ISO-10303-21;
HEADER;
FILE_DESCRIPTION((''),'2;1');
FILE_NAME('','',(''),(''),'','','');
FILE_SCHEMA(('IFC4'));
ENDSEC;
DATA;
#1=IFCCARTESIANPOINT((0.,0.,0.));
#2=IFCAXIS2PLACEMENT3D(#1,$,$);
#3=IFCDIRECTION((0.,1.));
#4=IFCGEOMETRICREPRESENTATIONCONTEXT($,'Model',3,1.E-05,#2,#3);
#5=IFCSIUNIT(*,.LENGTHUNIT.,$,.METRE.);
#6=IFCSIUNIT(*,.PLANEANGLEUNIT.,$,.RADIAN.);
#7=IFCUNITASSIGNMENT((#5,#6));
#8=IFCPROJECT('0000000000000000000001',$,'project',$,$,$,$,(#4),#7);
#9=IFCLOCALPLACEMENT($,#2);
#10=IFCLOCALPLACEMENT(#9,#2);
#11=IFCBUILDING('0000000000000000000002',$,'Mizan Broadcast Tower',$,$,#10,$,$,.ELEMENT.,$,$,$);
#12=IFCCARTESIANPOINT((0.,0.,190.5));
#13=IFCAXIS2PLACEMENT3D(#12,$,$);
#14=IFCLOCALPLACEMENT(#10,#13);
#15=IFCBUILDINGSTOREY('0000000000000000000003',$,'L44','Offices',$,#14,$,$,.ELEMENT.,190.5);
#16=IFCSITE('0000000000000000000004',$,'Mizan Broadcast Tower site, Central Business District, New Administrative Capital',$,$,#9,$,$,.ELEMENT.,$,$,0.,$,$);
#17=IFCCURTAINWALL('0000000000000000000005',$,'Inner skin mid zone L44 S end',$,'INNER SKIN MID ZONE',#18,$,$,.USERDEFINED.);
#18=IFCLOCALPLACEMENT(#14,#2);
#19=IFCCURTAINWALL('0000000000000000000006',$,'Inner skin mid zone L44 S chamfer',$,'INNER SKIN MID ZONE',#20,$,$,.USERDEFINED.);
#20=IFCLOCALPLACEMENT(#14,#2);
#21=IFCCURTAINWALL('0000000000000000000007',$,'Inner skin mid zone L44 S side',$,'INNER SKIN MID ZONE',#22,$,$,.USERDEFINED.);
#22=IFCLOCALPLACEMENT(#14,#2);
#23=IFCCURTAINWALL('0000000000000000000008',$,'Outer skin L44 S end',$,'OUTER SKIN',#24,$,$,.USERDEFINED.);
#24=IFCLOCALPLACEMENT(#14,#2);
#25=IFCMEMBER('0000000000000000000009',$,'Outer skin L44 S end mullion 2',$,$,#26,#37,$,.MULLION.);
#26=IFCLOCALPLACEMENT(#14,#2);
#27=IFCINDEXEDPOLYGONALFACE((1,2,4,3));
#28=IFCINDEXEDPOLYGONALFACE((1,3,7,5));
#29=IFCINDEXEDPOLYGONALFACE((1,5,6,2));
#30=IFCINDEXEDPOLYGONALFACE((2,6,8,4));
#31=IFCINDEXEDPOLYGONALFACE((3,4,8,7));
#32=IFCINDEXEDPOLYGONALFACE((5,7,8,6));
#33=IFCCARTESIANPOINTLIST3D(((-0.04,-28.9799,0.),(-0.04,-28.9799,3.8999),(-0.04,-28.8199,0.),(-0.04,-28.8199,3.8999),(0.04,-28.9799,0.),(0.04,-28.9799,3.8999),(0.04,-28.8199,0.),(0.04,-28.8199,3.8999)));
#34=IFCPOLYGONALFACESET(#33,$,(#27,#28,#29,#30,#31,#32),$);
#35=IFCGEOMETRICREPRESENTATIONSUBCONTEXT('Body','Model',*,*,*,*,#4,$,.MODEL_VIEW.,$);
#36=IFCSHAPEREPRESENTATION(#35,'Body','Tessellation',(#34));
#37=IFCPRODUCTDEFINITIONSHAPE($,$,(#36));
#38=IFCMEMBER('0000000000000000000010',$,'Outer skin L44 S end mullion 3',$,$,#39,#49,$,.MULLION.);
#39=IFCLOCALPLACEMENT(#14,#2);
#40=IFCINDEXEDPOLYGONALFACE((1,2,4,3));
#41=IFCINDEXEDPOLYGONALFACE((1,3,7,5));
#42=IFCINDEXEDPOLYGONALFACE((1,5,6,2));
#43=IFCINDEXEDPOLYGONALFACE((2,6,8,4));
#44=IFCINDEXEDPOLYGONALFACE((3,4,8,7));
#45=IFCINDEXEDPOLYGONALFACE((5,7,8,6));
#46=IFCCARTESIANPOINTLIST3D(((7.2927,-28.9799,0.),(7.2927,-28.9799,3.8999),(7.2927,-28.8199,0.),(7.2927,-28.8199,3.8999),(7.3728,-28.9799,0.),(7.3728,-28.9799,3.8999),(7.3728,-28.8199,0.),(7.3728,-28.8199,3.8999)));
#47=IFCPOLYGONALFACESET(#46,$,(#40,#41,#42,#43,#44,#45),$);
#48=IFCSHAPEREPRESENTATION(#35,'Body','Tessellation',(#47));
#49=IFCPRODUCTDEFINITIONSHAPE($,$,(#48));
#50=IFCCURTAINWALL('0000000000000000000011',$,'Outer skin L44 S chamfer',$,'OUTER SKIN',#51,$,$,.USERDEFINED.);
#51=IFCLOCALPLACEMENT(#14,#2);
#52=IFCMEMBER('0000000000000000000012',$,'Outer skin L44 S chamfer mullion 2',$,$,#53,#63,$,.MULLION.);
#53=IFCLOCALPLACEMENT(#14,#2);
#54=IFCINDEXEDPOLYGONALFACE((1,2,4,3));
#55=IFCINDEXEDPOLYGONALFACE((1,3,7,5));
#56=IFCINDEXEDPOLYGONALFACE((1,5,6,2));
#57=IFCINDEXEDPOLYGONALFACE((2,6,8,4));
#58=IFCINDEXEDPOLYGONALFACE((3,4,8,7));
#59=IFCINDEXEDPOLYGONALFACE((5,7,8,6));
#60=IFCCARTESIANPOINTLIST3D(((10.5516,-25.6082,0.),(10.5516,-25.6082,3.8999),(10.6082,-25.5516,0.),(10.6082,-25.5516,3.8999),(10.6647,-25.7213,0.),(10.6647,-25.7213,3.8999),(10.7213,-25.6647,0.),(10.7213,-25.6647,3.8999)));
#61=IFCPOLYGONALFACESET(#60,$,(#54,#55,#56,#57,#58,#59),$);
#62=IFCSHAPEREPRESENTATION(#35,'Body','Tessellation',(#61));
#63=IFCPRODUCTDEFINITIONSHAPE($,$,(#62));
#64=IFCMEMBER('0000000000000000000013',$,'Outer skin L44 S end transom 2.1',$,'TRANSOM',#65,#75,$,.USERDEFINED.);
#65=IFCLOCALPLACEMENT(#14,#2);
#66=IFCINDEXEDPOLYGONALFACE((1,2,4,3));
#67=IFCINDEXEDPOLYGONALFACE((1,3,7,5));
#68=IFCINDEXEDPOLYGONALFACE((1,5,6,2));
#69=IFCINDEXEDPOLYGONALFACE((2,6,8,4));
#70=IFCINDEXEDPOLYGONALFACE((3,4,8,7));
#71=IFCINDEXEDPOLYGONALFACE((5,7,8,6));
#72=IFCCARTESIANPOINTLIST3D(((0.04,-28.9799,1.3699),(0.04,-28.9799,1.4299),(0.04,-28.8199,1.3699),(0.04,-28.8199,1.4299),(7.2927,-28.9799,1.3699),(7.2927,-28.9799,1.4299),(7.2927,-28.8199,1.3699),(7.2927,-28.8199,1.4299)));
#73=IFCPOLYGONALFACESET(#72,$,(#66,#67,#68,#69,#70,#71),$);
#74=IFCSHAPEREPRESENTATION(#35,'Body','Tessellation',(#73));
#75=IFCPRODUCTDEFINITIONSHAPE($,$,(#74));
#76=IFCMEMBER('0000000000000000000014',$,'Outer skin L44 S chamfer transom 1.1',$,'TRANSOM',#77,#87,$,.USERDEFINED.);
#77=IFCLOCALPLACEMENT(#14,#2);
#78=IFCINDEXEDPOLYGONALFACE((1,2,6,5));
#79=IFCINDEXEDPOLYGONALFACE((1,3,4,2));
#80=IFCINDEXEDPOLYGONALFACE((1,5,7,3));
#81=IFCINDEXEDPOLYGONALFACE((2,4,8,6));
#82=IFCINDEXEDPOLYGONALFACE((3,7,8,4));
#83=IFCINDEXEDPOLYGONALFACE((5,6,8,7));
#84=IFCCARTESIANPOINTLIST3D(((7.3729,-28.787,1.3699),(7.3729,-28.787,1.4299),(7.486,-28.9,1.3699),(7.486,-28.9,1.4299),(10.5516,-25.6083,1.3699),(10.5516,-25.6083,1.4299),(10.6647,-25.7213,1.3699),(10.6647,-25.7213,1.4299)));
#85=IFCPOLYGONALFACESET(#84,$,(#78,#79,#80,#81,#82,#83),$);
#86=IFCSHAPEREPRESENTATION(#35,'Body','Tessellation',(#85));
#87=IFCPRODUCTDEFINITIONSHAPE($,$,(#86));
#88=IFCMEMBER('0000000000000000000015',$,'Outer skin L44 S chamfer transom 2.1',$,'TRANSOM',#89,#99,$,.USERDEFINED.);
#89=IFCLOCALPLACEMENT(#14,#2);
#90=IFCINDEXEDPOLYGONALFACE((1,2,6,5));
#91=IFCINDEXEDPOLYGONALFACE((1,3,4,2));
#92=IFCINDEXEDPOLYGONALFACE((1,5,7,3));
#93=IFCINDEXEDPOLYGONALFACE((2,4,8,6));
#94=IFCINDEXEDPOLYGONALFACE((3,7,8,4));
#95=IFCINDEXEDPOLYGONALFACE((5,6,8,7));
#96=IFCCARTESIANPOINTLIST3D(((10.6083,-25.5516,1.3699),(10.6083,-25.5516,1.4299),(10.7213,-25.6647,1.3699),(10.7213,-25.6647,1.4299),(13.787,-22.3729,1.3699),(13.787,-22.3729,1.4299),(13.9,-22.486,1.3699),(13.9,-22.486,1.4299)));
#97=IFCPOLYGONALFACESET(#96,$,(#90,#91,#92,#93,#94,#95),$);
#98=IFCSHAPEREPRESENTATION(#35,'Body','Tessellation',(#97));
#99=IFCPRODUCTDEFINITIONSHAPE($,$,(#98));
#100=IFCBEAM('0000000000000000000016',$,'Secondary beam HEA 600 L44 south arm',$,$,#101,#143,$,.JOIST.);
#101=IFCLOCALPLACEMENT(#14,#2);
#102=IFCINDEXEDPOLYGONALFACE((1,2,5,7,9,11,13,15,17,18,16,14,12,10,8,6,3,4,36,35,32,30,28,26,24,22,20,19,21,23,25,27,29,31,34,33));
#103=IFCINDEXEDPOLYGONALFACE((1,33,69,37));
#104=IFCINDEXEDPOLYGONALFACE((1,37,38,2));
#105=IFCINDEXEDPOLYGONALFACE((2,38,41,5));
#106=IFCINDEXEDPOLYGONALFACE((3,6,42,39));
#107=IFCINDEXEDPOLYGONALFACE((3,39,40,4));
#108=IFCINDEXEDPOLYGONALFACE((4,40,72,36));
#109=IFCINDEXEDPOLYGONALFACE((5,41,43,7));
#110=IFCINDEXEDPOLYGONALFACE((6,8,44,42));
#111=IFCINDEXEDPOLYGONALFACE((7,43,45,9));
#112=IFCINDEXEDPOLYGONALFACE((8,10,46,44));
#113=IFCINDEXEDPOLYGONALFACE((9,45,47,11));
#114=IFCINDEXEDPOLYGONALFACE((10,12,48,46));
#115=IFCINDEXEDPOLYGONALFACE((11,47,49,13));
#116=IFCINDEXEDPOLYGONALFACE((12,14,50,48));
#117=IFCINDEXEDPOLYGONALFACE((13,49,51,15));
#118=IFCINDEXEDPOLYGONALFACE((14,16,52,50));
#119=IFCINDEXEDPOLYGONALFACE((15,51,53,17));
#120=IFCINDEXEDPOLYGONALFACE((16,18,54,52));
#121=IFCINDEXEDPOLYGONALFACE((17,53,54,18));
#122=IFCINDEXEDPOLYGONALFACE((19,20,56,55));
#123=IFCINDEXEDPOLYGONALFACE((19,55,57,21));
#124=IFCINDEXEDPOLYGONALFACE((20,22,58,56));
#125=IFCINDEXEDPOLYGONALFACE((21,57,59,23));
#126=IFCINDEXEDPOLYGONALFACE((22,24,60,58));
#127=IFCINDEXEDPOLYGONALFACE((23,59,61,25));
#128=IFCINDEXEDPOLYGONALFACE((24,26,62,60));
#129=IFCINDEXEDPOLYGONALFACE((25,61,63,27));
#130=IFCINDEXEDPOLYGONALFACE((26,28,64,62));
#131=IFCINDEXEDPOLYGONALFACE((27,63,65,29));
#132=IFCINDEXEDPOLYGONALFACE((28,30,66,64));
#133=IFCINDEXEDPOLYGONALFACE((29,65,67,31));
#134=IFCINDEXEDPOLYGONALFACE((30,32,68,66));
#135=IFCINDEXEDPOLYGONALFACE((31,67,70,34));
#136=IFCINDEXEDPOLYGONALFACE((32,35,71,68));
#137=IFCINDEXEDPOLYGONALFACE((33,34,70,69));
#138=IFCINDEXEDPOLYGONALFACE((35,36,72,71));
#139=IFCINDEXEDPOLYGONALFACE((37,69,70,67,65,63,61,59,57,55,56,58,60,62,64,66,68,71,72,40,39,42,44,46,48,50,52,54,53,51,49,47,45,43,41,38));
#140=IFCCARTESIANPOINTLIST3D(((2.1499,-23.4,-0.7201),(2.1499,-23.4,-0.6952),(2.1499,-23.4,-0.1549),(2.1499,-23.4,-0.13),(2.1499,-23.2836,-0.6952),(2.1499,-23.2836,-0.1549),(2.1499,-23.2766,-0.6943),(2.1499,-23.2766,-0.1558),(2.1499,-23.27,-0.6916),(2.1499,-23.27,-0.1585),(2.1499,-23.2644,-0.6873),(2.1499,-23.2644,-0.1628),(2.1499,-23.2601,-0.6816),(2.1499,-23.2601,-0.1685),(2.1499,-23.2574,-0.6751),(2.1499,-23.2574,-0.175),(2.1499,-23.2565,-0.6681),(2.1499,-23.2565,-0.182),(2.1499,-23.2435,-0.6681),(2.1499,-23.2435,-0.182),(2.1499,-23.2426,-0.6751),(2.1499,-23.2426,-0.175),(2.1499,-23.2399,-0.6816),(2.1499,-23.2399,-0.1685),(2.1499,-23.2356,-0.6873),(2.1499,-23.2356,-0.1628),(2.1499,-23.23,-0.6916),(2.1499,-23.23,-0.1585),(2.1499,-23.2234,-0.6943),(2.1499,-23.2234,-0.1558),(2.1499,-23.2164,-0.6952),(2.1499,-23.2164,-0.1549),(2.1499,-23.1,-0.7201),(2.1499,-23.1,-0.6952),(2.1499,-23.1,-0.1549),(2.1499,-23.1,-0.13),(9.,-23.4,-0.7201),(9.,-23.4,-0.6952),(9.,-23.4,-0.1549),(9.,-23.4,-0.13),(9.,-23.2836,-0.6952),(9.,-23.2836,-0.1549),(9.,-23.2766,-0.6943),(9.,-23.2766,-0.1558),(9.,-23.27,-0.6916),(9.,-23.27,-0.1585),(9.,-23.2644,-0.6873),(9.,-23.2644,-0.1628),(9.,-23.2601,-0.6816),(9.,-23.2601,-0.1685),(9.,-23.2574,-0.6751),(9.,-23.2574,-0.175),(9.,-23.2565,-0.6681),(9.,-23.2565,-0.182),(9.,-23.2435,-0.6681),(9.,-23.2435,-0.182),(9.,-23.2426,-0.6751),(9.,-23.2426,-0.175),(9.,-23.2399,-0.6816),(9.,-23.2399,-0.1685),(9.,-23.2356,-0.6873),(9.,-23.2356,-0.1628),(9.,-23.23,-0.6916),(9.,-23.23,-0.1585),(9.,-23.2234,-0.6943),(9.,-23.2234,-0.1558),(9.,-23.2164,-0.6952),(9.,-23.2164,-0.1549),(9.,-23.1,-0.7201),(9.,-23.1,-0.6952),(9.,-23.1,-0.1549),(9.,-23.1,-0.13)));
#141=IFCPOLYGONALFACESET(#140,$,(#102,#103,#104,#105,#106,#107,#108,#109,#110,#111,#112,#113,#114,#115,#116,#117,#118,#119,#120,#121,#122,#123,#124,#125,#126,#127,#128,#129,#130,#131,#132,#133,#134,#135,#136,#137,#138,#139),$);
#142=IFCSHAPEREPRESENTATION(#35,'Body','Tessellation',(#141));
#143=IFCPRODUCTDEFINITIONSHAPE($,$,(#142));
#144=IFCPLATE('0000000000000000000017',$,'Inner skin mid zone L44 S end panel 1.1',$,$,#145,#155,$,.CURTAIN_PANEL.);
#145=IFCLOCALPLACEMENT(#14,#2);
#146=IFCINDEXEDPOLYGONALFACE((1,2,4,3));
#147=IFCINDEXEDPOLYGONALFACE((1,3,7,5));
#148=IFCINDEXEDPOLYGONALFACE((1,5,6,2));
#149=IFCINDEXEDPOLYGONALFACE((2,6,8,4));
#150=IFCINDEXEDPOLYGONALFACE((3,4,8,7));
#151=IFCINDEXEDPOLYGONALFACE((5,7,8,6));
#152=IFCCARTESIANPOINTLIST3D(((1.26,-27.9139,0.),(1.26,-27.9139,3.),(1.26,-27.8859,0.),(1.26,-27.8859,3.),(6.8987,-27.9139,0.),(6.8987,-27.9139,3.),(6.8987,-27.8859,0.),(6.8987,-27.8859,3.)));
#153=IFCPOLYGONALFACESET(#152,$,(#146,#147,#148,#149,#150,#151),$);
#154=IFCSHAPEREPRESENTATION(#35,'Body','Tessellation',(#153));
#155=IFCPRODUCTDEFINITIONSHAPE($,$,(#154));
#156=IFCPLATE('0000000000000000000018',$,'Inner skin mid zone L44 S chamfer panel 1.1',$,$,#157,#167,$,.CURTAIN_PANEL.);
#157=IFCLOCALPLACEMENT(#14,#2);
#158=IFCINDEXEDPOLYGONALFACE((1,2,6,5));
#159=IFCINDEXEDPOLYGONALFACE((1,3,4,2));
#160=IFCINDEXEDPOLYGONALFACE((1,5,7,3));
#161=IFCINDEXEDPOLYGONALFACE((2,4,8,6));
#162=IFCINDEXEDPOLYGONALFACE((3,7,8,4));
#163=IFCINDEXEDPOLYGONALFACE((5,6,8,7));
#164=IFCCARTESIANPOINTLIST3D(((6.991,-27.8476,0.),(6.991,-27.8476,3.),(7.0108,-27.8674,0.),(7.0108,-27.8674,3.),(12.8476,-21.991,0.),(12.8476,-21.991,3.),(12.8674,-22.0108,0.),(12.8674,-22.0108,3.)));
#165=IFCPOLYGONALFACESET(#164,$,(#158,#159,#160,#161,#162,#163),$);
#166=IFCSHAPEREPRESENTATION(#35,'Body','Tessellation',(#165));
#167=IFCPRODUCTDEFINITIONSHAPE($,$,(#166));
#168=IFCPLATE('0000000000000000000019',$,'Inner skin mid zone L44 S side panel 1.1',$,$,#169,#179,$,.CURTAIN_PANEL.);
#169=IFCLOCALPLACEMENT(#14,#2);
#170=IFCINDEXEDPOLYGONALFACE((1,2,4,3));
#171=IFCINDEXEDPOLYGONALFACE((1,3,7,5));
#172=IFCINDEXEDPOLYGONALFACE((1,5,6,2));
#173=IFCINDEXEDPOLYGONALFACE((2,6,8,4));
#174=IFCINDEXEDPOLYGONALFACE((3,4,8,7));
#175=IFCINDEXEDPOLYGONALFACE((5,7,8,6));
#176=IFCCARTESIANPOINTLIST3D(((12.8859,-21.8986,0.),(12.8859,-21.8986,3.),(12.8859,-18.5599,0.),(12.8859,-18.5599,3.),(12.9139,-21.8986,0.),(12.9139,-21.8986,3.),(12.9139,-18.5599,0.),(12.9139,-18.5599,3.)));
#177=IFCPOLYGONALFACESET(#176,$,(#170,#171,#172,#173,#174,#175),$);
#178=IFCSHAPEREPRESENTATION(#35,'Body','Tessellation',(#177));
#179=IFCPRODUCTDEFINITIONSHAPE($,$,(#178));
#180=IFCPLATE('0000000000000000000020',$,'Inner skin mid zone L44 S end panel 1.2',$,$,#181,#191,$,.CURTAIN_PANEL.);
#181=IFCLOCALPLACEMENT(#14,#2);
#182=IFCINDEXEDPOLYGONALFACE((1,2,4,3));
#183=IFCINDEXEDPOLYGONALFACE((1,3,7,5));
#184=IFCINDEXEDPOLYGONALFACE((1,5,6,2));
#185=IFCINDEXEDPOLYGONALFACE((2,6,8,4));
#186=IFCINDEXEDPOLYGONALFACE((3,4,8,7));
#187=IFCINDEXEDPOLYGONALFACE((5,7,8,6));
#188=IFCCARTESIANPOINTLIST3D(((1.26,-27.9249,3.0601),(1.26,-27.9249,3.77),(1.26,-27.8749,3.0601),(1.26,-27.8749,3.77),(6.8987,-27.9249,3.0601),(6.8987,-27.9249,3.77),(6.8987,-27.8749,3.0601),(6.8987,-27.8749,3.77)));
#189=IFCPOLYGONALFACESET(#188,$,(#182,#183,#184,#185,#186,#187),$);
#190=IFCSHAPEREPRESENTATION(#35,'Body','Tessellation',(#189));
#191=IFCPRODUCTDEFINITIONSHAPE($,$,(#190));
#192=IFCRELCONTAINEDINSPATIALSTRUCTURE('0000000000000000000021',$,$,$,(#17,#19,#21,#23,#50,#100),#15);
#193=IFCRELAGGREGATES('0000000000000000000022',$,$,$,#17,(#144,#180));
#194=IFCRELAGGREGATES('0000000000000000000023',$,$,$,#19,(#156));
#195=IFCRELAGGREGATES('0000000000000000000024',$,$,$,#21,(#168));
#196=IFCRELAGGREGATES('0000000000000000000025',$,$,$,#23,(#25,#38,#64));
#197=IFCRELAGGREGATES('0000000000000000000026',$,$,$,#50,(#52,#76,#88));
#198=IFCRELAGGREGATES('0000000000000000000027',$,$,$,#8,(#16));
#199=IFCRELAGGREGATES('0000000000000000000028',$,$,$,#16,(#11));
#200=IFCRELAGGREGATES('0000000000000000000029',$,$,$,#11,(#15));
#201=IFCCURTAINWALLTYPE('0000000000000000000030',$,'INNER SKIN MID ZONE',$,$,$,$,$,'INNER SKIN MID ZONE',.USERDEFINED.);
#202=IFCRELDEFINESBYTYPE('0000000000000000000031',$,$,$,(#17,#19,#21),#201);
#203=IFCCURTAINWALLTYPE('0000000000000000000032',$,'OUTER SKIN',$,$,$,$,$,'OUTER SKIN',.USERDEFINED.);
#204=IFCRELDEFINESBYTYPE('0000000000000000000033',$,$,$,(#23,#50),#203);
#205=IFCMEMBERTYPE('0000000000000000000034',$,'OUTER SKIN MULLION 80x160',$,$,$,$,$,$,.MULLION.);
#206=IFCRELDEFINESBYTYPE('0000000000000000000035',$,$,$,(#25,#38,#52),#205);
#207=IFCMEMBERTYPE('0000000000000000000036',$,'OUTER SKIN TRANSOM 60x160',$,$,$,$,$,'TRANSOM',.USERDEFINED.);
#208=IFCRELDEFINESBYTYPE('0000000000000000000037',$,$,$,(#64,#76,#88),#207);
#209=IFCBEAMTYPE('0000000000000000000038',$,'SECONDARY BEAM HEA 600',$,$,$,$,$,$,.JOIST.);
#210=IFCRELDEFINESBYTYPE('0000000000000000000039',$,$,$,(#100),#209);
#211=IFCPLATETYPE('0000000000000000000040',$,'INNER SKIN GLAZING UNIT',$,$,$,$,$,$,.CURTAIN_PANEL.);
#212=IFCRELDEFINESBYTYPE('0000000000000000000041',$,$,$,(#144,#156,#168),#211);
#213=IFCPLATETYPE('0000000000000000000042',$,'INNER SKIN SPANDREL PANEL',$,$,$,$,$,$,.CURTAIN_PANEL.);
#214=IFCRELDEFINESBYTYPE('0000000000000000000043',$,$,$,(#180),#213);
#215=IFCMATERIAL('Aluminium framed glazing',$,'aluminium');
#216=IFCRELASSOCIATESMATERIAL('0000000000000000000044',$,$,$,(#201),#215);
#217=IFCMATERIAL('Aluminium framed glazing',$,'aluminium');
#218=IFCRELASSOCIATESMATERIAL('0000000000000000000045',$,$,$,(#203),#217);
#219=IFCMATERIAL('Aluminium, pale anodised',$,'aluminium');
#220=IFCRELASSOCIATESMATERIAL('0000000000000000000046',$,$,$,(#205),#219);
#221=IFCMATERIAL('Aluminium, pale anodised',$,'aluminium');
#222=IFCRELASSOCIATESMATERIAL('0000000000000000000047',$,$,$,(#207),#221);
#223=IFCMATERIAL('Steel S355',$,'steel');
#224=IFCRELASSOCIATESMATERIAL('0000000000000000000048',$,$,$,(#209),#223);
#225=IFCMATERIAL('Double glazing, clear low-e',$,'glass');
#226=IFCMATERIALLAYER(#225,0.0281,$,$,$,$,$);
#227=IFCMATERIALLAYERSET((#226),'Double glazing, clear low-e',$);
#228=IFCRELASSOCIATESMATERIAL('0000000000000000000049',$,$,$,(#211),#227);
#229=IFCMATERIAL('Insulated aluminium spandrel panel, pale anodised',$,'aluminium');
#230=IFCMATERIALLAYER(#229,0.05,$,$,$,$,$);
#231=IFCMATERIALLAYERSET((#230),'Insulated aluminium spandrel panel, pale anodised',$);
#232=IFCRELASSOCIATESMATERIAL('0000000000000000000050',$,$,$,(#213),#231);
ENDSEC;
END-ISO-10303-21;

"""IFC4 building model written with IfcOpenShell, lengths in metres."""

from ifc_helpers import new_model, si_unit, direction, frame, origin, origin_2d, place, context, subcontext, project, spatial, rectangle, i_section, extrude, material, layer, layer_set, material_profile, profile_set, type_object, element, aggregate, save


model = new_model("IFC4")

# Units and contexts
model_context = context("Model", 3, precision=1e-05, world=origin(), true_north=direction((0.0, 1.0)))
body_context = subcontext(model_context, "Body", "Model", "MODEL_VIEW")
ifc_project = project(units=[si_unit("LENGTHUNIT", "METRE"), si_unit("PLANEANGLEUNIT", "RADIAN")], contexts=[model_context])

# Site, building, storey
site_placement = place(None, origin())
site = spatial("IfcSite", under=ifc_project, at=site_placement, Name="Mizan Broadcast Tower site, Central Business District, New Administrative Capital", CompositionType="ELEMENT", RefElevation=0.0)
building_placement = place(site_placement, origin())
building = spatial("IfcBuilding", under=site, at=building_placement, Name="Mizan Broadcast Tower", CompositionType="ELEMENT")
storey_placement = place(building_placement, frame((0.0, 0.0, 190.5)))
storey = spatial("IfcBuildingStorey", under=building, at=storey_placement, Name="L44", Description="Offices", CompositionType="ELEMENT", Elevation=190.5)

# Curtain wall
ifc_material_1 = material(Name="Aluminium framed glazing", Category="aluminium")
curtain_wall_type_1 = type_object("IfcCurtainWallType", Name="INNER SKIN MID ZONE", ElementType="INNER SKIN MID ZONE", PredefinedType="USERDEFINED", material=ifc_material_1)
curtain_wall_1_placement = place(storey_placement, origin())
curtain_wall_1 = element("IfcCurtainWall", 1, at=curtain_wall_1_placement, inside=storey, type_object=curtain_wall_type_1, Name="Inner skin mid zone L44 S end", ObjectType="INNER SKIN MID ZONE", PredefinedType="USERDEFINED")

# Curtain wall
curtain_wall_2_placement = place(storey_placement, origin())
curtain_wall_2 = element("IfcCurtainWall", 2, at=curtain_wall_2_placement, inside=storey, type_object=curtain_wall_type_1, Name="Inner skin mid zone L44 S chamfer", ObjectType="INNER SKIN MID ZONE", PredefinedType="USERDEFINED")

# Curtain wall
curtain_wall_3_placement = place(storey_placement, origin())
curtain_wall_3 = element("IfcCurtainWall", 3, at=curtain_wall_3_placement, inside=storey, type_object=curtain_wall_type_1, Name="Inner skin mid zone L44 S side", ObjectType="INNER SKIN MID ZONE", PredefinedType="USERDEFINED")

# Curtain wall, members
ifc_material_2 = material(Name="Aluminium framed glazing", Category="aluminium")
curtain_wall_type_2 = type_object("IfcCurtainWallType", Name="OUTER SKIN", ElementType="OUTER SKIN", PredefinedType="USERDEFINED", material=ifc_material_2)
curtain_wall_4_placement = place(storey_placement, origin())
curtain_wall_4 = element("IfcCurtainWall", 4, at=curtain_wall_4_placement, inside=storey, type_object=curtain_wall_type_2, Name="Outer skin L44 S end", ObjectType="OUTER SKIN", PredefinedType="USERDEFINED")
ifc_material_3 = material(Name="Aluminium, pale anodised", Category="aluminium")
ifc_material_profile_1 = material_profile(ifc_material_3, rectangle(XDim=0.1599, YDim=0.0801, at=origin_2d()), Name="MULLION 160x80")
ifc_profile_set_1 = profile_set([ifc_material_profile_1], Name="Aluminium, pale anodised")
member_type_1 = type_object("IfcMemberType", Name="OUTER SKIN MULLION 80x160", PredefinedType="MULLION", material=ifc_profile_set_1)
member_1_placement = place(storey_placement, frame((0.0, -28.8999, 0.0), z_axis=(0.0, 0.0, 1.0), x_axis=(0.0, 1.0, 0.0)))
member_1 = element("IfcMember", 5, at=member_1_placement, type_object=member_type_1, Name="Outer skin L44 S end mullion 2", PredefinedType="MULLION", context=body_context, shape_type="SweptSolid", body=[
    extrude(rectangle(XDim=0.1599, YDim=0.0801, at=origin_2d()), origin(), (0.0, 0.0, 1.0), 3.8999),
])
member_2_placement = place(storey_placement, frame((7.3328, -28.8999, 0.0), z_axis=(0.0, 0.0, 1.0), x_axis=(0.0, 1.0, 0.0)))
member_2 = element("IfcMember", 6, at=member_2_placement, type_object=member_type_1, Name="Outer skin L44 S end mullion 3", PredefinedType="MULLION", context=body_context, shape_type="SweptSolid", body=[
    extrude(rectangle(XDim=0.1599, YDim=0.0801, at=origin_2d()), origin(), (0.0, 0.0, 1.0), 3.8999),
])

# Curtain wall, member
curtain_wall_5_placement = place(storey_placement, origin())
curtain_wall_5 = element("IfcCurtainWall", 7, at=curtain_wall_5_placement, inside=storey, type_object=curtain_wall_type_2, Name="Outer skin L44 S chamfer", ObjectType="OUTER SKIN", PredefinedType="USERDEFINED")
member_3_placement = place(storey_placement, frame((10.6365, -25.6365, 0.0), z_axis=(0.0, 0.0, 1.0), x_axis=(-0.707107, 0.707107, 0.0)))
member_3 = element("IfcMember", 8, at=member_3_placement, type_object=member_type_1, Name="Outer skin L44 S chamfer mullion 2", PredefinedType="MULLION", context=body_context, shape_type="SweptSolid", body=[
    extrude(rectangle(XDim=0.1599, YDim=0.0801, at=origin_2d()), origin(), (0.0, 0.0, 1.0), 3.8999),
])

# Members
ifc_material_4 = material(Name="Aluminium, pale anodised", Category="aluminium")
ifc_material_profile_2 = material_profile(ifc_material_4, rectangle(XDim=0.1599, YDim=0.0601, at=origin_2d()), Name="TRANSOM 160x60")
ifc_profile_set_2 = profile_set([ifc_material_profile_2], Name="Aluminium, pale anodised")
member_type_2 = type_object("IfcMemberType", Name="OUTER SKIN TRANSOM 60x160", ElementType="TRANSOM", PredefinedType="USERDEFINED", material=ifc_profile_set_2)
member_4_placement = place(storey_placement, frame((0.04, -28.8999, 1.3999), z_axis=(1.0, 0.0, 0.0), x_axis=(0.0, 1.0, 0.0)))
member_4 = element("IfcMember", 9, at=member_4_placement, type_object=member_type_2, Name="Outer skin L44 S end transom 2.1", ObjectType="TRANSOM", PredefinedType="USERDEFINED", context=body_context, shape_type="SweptSolid", body=[
    extrude(rectangle(XDim=0.1599, YDim=0.0601, at=origin_2d()), origin(), (0.0, 0.0, 1.0), 7.2527),
])
member_5_placement = place(storey_placement, frame((7.4294, -28.8435, 1.3999), z_axis=(0.707107, 0.707107, 0.0), x_axis=(-0.707107, 0.707107, 0.0)))
member_5 = element("IfcMember", 10, at=member_5_placement, type_object=member_type_2, Name="Outer skin L44 S chamfer transom 1.1", ObjectType="TRANSOM", PredefinedType="USERDEFINED", context=body_context, shape_type="SweptSolid", body=[
    extrude(rectangle(XDim=0.1599, YDim=0.0601, at=origin_2d()), origin(), (0.0, 0.0, 1.0), 4.4954),
])
member_6_placement = place(storey_placement, frame((10.6648, -25.6082, 1.3999), z_axis=(0.707107, 0.707107, 0.0), x_axis=(-0.707107, 0.707107, 0.0)))
member_6 = element("IfcMember", 11, at=member_6_placement, type_object=member_type_2, Name="Outer skin L44 S chamfer transom 2.1", ObjectType="TRANSOM", PredefinedType="USERDEFINED", context=body_context, shape_type="SweptSolid", body=[
    extrude(rectangle(XDim=0.1599, YDim=0.0601, at=origin_2d()), origin(), (0.0, 0.0, 1.0), 4.4954),
])

# Beam
ifc_material_5 = material(Name="Steel S355", Category="steel")
ifc_material_profile_3 = material_profile(ifc_material_5, i_section(OverallWidth=0.3, OverallDepth=0.5901, WebThickness=0.0129, FlangeThickness=0.0249, FilletRadius=0.0271, at=origin_2d()), Name="HEA 600")
ifc_profile_set_3 = profile_set([ifc_material_profile_3], Name="Steel S355")
beam_type_1 = type_object("IfcBeamType", Name="SECONDARY BEAM HEA 600", PredefinedType="JOIST", material=ifc_profile_set_3)
beam_1_placement = place(storey_placement, frame((9.0, -23.25, -0.425), z_axis=(-1.0, 0.0, 0.0), x_axis=(0.0, -1.0, 0.0)))
element("IfcBeam", 12, at=beam_1_placement, inside=storey, type_object=beam_type_1, Name="Secondary beam HEA 600 L44 south arm", PredefinedType="JOIST", context=body_context, shape_type="SweptSolid", body=[
    extrude(i_section(OverallWidth=0.3, OverallDepth=0.5901, WebThickness=0.0129, FlangeThickness=0.0249, FilletRadius=0.0271, at=origin_2d()), origin(), (0.0, 0.0, 1.0), 6.8501),
])

# Plates
ifc_material_6 = material(Name="Double glazing, clear low-e", Category="glass")
ifc_layer_1 = layer(ifc_material_6, 0.0281)
ifc_layer_set_1 = layer_set([ifc_layer_1], Name="Double glazing, clear low-e")
plate_type_1 = type_object("IfcPlateType", Name="INNER SKIN GLAZING UNIT", PredefinedType="CURTAIN_PANEL", material=ifc_layer_set_1)
plate_1_placement = place(storey_placement, frame((4.0793, -27.8999, 0.0), z_axis=(0.0, 0.0, 1.0), x_axis=(1.0, 0.0, 0.0)))
plate_1 = element("IfcPlate", 13, at=plate_1_placement, type_object=plate_type_1, Name="Inner skin mid zone L44 S end panel 1.1", PredefinedType="CURTAIN_PANEL", context=body_context, shape_type="SweptSolid", body=[
    extrude(rectangle(XDim=5.6387, YDim=0.0281, at=origin_2d()), origin(), (0.0, 0.0, 1.0), 3.0),
])
plate_2_placement = place(storey_placement, frame((9.9292, -24.9292, 0.0), z_axis=(0.0, 0.0, 1.0), x_axis=(0.707107, 0.707107, 0.0)))
plate_2 = element("IfcPlate", 14, at=plate_2_placement, type_object=plate_type_1, Name="Inner skin mid zone L44 S chamfer panel 1.1", PredefinedType="CURTAIN_PANEL", context=body_context, shape_type="SweptSolid", body=[
    extrude(rectangle(XDim=8.2825, YDim=0.0281, at=origin_2d()), origin(), (0.0, 0.0, 1.0), 3.0),
])
plate_3_placement = place(storey_placement, frame((12.8999, -20.2292, 0.0), z_axis=(0.0, 0.0, 1.0), x_axis=(0.0, 1.0, 0.0)))
plate_3 = element("IfcPlate", 15, at=plate_3_placement, type_object=plate_type_1, Name="Inner skin mid zone L44 S side panel 1.1", PredefinedType="CURTAIN_PANEL", context=body_context, shape_type="SweptSolid", body=[
    extrude(rectangle(XDim=3.3386, YDim=0.0281, at=origin_2d()), origin(), (0.0, 0.0, 1.0), 3.0),
])
ifc_material_7 = material(Name="Insulated aluminium spandrel panel, pale anodised", Category="aluminium")
ifc_layer_2 = layer(ifc_material_7, 0.05)
ifc_layer_set_2 = layer_set([ifc_layer_2], Name="Insulated aluminium spandrel panel, pale anodised")
plate_type_2 = type_object("IfcPlateType", Name="INNER SKIN SPANDREL PANEL", PredefinedType="CURTAIN_PANEL", material=ifc_layer_set_2)
plate_4_placement = place(storey_placement, frame((4.0793, -27.8999, 3.0601), z_axis=(0.0, 0.0, 1.0), x_axis=(1.0, 0.0, 0.0)))
plate_4 = element("IfcPlate", 16, at=plate_4_placement, type_object=plate_type_2, Name="Inner skin mid zone L44 S end panel 1.2", PredefinedType="CURTAIN_PANEL", context=body_context, shape_type="SweptSolid", body=[
    extrude(rectangle(XDim=5.6387, YDim=0.05, at=origin_2d()), origin(), (0.0, 0.0, 1.0), 0.71),
])
aggregate(curtain_wall_1, [plate_1, plate_4])
aggregate(curtain_wall_2, [plate_2])
aggregate(curtain_wall_3, [plate_3])
aggregate(curtain_wall_4, [member_1, member_2, member_4])
aggregate(curtain_wall_5, [member_3, member_5, member_6])

save(model, "model.ifc")
